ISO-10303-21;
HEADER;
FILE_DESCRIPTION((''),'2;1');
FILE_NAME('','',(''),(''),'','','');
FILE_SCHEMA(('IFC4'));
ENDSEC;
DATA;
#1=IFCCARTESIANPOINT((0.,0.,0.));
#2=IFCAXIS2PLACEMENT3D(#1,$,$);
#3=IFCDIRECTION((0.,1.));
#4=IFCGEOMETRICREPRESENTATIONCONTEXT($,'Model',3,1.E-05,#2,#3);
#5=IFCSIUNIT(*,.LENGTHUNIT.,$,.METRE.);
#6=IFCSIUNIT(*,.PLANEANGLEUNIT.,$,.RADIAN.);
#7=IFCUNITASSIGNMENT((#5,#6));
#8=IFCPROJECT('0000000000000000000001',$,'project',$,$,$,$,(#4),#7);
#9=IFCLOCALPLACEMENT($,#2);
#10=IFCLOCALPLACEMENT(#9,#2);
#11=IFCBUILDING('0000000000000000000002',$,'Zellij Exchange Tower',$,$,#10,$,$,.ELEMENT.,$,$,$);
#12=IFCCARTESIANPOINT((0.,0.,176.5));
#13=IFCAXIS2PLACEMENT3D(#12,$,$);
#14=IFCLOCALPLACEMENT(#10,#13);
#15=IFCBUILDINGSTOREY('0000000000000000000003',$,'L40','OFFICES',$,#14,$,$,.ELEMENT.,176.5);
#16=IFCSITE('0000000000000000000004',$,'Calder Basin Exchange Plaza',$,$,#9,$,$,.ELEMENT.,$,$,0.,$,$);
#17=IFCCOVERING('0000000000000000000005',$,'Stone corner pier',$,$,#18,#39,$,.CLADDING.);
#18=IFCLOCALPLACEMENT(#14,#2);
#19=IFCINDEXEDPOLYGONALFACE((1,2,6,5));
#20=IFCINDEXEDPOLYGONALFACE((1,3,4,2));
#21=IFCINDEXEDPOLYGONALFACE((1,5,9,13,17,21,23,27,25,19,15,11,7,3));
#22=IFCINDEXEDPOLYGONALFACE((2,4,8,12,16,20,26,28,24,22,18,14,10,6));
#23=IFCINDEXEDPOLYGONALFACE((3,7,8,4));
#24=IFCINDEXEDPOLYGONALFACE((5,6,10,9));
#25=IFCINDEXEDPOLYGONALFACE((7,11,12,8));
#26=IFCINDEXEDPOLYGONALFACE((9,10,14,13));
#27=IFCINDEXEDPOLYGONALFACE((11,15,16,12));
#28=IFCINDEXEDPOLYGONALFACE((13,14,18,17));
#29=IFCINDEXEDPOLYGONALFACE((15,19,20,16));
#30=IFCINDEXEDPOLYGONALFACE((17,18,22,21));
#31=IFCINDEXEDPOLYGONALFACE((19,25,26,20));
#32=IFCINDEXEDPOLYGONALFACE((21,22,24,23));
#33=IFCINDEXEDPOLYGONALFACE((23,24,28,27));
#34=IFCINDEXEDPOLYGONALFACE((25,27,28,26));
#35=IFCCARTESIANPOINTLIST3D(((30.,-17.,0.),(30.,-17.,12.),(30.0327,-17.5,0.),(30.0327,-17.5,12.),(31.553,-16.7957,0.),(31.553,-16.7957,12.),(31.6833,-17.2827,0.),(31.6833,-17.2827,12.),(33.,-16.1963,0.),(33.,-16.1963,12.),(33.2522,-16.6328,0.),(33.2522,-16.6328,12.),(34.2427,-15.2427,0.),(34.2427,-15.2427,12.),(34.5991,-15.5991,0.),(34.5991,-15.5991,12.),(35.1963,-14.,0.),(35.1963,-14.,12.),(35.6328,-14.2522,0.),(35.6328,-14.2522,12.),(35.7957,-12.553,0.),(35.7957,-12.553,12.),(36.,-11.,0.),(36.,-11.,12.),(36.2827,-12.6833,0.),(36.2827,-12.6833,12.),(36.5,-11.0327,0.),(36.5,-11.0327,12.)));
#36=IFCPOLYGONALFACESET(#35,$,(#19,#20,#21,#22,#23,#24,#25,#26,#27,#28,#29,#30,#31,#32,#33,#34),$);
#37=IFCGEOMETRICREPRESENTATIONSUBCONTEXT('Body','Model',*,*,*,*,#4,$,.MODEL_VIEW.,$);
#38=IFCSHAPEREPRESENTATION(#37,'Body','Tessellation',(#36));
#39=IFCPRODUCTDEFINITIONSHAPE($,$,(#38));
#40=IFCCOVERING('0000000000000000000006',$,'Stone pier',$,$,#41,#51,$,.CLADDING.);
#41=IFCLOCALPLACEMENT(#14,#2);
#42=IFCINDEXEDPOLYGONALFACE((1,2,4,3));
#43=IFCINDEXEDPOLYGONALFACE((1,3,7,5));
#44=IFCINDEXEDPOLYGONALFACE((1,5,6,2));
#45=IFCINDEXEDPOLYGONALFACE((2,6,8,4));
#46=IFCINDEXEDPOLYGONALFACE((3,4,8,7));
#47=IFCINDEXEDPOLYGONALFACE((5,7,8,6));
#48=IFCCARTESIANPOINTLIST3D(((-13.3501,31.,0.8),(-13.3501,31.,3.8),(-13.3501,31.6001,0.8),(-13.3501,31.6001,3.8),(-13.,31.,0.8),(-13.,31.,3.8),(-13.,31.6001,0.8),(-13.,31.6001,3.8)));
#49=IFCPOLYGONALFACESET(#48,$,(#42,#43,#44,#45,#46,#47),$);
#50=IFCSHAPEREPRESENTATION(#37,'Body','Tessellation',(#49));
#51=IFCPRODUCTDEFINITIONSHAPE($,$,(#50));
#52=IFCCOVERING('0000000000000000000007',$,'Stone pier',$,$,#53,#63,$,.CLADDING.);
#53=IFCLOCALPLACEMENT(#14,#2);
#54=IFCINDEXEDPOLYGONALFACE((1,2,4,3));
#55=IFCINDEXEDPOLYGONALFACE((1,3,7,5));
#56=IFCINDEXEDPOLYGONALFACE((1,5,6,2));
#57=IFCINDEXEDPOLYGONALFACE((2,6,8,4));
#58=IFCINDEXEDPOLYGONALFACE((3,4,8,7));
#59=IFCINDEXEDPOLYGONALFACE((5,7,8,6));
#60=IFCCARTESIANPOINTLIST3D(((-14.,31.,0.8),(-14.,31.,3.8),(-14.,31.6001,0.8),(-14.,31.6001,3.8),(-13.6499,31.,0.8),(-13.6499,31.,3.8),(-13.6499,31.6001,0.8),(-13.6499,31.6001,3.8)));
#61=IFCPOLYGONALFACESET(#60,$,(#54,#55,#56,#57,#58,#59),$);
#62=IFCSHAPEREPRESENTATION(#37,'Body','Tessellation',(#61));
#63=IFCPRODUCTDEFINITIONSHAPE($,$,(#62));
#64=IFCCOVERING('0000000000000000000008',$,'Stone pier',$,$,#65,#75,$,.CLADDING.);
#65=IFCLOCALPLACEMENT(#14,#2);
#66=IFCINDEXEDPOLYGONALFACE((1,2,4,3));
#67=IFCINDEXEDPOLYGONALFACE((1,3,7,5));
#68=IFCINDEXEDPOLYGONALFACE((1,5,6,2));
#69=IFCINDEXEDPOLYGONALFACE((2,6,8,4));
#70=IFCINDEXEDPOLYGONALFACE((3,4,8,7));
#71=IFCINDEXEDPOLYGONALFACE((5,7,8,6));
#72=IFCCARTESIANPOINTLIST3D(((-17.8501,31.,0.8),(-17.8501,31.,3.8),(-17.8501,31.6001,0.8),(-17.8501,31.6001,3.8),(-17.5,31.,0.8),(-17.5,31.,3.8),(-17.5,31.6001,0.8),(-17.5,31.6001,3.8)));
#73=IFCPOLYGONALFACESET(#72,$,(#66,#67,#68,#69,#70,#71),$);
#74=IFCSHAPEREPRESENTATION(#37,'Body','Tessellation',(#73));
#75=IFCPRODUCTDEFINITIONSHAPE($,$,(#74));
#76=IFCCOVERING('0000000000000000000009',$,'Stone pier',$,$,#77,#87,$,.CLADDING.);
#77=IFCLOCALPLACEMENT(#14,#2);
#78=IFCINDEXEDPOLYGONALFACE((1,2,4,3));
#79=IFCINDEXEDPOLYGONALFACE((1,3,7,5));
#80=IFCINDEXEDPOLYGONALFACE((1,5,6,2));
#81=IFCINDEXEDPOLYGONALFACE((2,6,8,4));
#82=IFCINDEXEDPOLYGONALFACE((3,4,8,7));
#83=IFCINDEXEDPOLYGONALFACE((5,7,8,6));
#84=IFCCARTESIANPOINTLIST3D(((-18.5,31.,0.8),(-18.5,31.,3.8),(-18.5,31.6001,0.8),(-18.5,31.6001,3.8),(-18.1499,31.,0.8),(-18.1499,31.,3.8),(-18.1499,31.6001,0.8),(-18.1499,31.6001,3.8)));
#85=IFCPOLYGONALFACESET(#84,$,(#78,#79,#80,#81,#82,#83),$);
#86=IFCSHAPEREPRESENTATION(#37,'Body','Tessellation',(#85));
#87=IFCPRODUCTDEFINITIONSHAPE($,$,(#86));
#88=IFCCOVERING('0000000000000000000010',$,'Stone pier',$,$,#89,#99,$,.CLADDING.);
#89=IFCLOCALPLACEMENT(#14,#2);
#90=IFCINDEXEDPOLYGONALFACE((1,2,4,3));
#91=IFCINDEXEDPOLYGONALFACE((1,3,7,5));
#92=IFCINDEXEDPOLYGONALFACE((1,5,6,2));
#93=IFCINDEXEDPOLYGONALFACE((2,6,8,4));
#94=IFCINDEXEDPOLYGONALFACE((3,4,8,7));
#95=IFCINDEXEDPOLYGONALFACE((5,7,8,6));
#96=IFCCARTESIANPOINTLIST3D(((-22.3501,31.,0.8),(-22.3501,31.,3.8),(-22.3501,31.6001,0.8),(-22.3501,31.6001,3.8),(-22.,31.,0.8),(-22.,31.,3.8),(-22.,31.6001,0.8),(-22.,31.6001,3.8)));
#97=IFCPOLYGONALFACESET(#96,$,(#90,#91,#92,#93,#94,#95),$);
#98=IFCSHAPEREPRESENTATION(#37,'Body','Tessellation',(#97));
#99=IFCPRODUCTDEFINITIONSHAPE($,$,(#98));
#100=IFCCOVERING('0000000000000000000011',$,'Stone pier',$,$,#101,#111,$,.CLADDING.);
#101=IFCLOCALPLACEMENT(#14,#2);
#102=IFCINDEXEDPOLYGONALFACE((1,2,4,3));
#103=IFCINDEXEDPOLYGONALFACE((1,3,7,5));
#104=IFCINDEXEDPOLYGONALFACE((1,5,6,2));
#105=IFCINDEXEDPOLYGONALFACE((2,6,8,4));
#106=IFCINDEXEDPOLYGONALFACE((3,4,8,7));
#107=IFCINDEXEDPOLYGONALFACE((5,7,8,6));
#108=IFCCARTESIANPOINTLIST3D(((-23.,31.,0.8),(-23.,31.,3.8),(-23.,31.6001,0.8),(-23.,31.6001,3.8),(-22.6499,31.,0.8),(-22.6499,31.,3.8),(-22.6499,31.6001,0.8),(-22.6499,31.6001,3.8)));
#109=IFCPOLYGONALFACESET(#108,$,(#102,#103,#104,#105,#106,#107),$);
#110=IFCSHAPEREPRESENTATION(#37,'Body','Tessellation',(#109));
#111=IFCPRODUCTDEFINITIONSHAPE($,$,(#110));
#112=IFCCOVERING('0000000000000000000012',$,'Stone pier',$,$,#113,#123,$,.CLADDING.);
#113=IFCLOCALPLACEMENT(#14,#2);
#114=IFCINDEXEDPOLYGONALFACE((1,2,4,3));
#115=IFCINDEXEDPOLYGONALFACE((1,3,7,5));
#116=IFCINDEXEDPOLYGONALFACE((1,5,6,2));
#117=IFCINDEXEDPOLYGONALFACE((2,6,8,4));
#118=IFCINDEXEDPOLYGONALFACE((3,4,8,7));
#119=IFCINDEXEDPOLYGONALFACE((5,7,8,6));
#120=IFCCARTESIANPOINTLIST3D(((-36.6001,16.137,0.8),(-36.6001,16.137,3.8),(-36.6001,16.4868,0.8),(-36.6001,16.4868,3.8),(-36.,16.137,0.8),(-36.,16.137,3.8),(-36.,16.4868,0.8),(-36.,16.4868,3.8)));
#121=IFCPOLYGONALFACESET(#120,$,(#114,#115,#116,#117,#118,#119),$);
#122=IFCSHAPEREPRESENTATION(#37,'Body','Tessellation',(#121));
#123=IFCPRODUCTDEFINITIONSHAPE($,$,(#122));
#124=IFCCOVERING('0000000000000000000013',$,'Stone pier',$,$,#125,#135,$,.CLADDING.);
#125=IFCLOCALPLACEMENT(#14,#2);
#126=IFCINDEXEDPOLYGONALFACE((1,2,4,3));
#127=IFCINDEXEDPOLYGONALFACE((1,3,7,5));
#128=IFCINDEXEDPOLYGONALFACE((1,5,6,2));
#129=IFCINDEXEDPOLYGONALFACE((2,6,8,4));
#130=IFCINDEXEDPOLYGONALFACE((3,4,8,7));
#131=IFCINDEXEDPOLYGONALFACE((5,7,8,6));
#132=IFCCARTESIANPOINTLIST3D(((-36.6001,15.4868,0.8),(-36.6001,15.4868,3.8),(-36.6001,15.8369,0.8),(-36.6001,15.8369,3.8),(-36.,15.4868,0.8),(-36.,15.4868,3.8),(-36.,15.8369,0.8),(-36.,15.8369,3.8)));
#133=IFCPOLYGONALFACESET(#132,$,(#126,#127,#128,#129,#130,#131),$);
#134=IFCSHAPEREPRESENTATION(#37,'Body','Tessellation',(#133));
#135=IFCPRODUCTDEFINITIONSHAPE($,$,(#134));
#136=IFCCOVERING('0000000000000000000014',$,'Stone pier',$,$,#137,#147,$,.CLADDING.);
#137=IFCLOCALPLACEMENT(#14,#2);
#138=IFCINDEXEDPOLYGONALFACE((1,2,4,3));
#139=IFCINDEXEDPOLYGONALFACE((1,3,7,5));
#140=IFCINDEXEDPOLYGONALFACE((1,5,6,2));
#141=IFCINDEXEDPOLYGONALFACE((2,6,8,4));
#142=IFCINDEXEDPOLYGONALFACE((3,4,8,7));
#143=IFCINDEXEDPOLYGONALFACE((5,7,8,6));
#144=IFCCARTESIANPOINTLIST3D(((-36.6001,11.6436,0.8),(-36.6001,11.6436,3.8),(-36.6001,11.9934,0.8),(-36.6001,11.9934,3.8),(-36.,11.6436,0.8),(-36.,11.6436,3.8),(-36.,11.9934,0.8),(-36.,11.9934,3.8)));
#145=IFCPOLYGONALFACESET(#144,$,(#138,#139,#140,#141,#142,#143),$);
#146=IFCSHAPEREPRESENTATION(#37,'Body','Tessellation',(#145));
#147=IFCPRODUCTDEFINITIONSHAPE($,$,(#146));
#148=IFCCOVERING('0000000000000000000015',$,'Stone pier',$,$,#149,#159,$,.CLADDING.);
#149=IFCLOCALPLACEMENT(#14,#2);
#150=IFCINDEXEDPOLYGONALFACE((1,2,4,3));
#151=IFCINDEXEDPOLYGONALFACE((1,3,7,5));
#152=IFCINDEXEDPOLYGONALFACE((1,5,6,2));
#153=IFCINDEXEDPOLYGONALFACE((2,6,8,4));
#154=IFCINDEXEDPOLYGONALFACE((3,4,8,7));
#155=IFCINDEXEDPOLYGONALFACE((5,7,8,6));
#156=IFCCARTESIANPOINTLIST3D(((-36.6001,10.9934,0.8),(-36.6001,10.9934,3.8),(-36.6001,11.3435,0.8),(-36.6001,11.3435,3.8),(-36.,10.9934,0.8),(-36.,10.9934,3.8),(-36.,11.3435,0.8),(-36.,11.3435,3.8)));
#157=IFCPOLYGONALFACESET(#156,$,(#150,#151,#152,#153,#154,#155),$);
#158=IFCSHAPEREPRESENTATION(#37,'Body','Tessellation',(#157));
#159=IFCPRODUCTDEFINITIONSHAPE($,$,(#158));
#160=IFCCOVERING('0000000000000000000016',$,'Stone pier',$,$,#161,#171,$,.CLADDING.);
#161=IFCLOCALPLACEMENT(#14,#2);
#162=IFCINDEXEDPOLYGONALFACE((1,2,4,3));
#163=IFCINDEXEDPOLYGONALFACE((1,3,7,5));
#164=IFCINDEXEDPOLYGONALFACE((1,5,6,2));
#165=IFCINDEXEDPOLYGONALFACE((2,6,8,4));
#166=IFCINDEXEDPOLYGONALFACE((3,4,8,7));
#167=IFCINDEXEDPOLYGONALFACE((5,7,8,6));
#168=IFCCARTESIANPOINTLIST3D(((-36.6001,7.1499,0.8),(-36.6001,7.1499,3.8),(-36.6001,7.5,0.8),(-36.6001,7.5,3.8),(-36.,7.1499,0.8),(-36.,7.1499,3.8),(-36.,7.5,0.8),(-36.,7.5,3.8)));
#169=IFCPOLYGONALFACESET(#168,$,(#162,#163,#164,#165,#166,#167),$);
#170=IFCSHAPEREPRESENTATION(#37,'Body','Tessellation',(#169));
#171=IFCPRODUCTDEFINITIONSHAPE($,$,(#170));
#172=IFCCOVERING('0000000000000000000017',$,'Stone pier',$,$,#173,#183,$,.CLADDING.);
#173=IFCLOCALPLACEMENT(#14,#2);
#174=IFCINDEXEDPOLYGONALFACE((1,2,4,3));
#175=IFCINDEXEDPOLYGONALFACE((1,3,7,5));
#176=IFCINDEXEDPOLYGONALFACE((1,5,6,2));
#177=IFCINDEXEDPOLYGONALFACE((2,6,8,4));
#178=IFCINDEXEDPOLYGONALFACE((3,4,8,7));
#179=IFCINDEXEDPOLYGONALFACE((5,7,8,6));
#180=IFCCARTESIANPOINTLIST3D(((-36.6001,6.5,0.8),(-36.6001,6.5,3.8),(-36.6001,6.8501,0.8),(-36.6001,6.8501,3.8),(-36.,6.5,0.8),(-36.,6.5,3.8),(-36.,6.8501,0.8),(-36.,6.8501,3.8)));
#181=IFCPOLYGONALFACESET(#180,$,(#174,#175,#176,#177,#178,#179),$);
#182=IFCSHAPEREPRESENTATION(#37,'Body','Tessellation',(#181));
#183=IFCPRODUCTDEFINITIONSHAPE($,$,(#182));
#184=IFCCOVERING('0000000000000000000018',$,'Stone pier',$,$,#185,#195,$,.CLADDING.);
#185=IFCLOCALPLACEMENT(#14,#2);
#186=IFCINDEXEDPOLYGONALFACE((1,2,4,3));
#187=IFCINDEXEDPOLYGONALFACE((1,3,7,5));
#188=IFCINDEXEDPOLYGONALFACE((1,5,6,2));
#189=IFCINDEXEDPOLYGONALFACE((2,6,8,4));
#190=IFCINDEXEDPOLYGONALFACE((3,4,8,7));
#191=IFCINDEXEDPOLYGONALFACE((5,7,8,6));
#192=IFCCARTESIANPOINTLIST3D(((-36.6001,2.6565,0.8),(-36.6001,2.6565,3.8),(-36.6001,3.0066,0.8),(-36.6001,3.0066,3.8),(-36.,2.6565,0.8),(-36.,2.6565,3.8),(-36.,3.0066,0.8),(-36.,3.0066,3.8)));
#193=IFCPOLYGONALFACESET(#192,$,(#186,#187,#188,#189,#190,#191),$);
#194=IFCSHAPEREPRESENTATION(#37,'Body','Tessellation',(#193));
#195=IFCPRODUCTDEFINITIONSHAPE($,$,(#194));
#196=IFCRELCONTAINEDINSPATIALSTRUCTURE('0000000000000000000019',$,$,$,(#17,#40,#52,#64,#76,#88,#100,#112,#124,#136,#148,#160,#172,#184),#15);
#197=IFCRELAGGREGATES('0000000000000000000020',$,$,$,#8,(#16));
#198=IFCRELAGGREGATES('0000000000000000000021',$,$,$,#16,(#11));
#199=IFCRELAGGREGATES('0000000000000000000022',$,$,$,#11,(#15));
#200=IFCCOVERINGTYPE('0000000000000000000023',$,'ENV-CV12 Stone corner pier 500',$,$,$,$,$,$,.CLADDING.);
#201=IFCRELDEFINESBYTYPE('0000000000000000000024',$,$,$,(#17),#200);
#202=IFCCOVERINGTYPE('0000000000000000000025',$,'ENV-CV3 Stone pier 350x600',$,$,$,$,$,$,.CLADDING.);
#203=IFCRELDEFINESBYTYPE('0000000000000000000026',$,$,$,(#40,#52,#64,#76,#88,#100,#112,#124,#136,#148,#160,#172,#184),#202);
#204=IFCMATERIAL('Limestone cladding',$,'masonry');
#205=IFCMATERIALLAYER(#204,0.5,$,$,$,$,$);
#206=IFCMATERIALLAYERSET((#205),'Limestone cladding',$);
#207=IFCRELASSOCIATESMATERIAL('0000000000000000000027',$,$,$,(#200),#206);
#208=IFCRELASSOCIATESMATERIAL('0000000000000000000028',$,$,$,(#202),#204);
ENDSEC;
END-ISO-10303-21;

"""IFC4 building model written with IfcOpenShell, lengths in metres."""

from ifc_helpers import new_model, si_unit, direction, frame, origin, place, context, subcontext, project, spatial, polyline, outline, extrude, material, layer, layer_set, type_object, element, save


model = new_model("IFC4")

# Units and contexts
model_context = context("Model", 3, precision=1e-05, world=origin(), true_north=direction((0.0, 1.0)))
body_context = subcontext(model_context, "Body", "Model", "MODEL_VIEW")
ifc_project = project(units=[si_unit("LENGTHUNIT", "METRE"), si_unit("PLANEANGLEUNIT", "RADIAN")], contexts=[model_context])

# Site, building, storey
site_placement = place(None, origin())
site = spatial("IfcSite", under=ifc_project, at=site_placement, Name="Calder Basin Exchange Plaza", CompositionType="ELEMENT", RefElevation=0.0)
building_placement = place(site_placement, origin())
building = spatial("IfcBuilding", under=site, at=building_placement, Name="Zellij Exchange Tower", CompositionType="ELEMENT")
storey_placement = place(building_placement, frame((0.0, 0.0, 176.5)))
storey = spatial("IfcBuildingStorey", under=building, at=storey_placement, Name="L40", Description="OFFICES", CompositionType="ELEMENT", Elevation=176.5)

# Coverings
ifc_material = material(Name="Limestone cladding", Category="masonry")
ifc_layer_1 = layer(ifc_material, 0.5)
ifc_layer_set_1 = layer_set([ifc_layer_1], Name="Limestone cladding")
covering_type_1 = type_object("IfcCoveringType", Name="ENV-CV12 Stone corner pier 500", PredefinedType="CLADDING", material=ifc_layer_set_1)
covering_1_placement = place(storey_placement, origin())
element("IfcCovering", 1, at=covering_1_placement, inside=storey, type_object=covering_type_1, Name="Stone corner pier", PredefinedType="CLADDING", context=body_context, shape_type="SweptSolid", body=[
    extrude(outline(polyline([(30.0, -17.0), (31.553, -16.7957), (33.0, -16.1963), (34.2427, -15.2427), (35.1963, -14.0), (35.7957, -12.553), (36.0, -11.0), (36.5, -11.0327), (36.2827, -12.6833), (35.6328, -14.2522), (34.5991, -15.5991), (33.2522, -16.6328), (31.6833, -17.2827), (30.0327, -17.5), (30.0, -17.0)])), origin(), (0.0, 0.0, 1.0), 12.0),
])
covering_type_2 = type_object("IfcCoveringType", Name="ENV-CV3 Stone pier 350x600", PredefinedType="CLADDING", material=ifc_material)
covering_2_placement = place(storey_placement, frame((0.0, 0.0, 0.8)))
element("IfcCovering", 2, at=covering_2_placement, inside=storey, type_object=covering_type_2, Name="Stone pier", PredefinedType="CLADDING", context=body_context, shape_type="SweptSolid", body=[
    extrude(outline(polyline([(-13.0, 31.0), (-13.3501, 31.0), (-13.3501, 31.6001), (-13.0, 31.6001), (-13.0, 31.0)])), origin(), (0.0, 0.0, 1.0), 3.0),
])
covering_3_placement = place(storey_placement, frame((0.0, 0.0, 0.8)))
element("IfcCovering", 3, at=covering_3_placement, inside=storey, type_object=covering_type_2, Name="Stone pier", PredefinedType="CLADDING", context=body_context, shape_type="SweptSolid", body=[
    extrude(outline(polyline([(-13.6499, 31.0), (-14.0, 31.0), (-14.0, 31.6001), (-13.6499, 31.6001), (-13.6499, 31.0)])), origin(), (0.0, 0.0, 1.0), 3.0),
])
covering_4_placement = place(storey_placement, frame((0.0, 0.0, 0.8)))
element("IfcCovering", 4, at=covering_4_placement, inside=storey, type_object=covering_type_2, Name="Stone pier", PredefinedType="CLADDING", context=body_context, shape_type="SweptSolid", body=[
    extrude(outline(polyline([(-17.5, 31.0), (-17.8501, 31.0), (-17.8501, 31.6001), (-17.5, 31.6001), (-17.5, 31.0)])), origin(), (0.0, 0.0, 1.0), 3.0),
])
covering_5_placement = place(storey_placement, frame((0.0, 0.0, 0.8)))
element("IfcCovering", 5, at=covering_5_placement, inside=storey, type_object=covering_type_2, Name="Stone pier", PredefinedType="CLADDING", context=body_context, shape_type="SweptSolid", body=[
    extrude(outline(polyline([(-18.1499, 31.0), (-18.5, 31.0), (-18.5, 31.6001), (-18.1499, 31.6001), (-18.1499, 31.0)])), origin(), (0.0, 0.0, 1.0), 3.0),
])
covering_6_placement = place(storey_placement, frame((0.0, 0.0, 0.8)))
element("IfcCovering", 6, at=covering_6_placement, inside=storey, type_object=covering_type_2, Name="Stone pier", PredefinedType="CLADDING", context=body_context, shape_type="SweptSolid", body=[
    extrude(outline(polyline([(-22.0, 31.0), (-22.3501, 31.0), (-22.3501, 31.6001), (-22.0, 31.6001), (-22.0, 31.0)])), origin(), (0.0, 0.0, 1.0), 3.0),
])
covering_7_placement = place(storey_placement, frame((0.0, 0.0, 0.8)))
element("IfcCovering", 7, at=covering_7_placement, inside=storey, type_object=covering_type_2, Name="Stone pier", PredefinedType="CLADDING", context=body_context, shape_type="SweptSolid", body=[
    extrude(outline(polyline([(-22.6499, 31.0), (-23.0, 31.0), (-23.0, 31.6001), (-22.6499, 31.6001), (-22.6499, 31.0)])), origin(), (0.0, 0.0, 1.0), 3.0),
])
covering_8_placement = place(storey_placement, frame((0.0, 0.0, 0.8)))
element("IfcCovering", 8, at=covering_8_placement, inside=storey, type_object=covering_type_2, Name="Stone pier", PredefinedType="CLADDING", context=body_context, shape_type="SweptSolid", body=[
    extrude(outline(polyline([(-36.0, 16.4868), (-36.0, 16.137), (-36.6001, 16.137), (-36.6001, 16.4868), (-36.0, 16.4868)])), origin(), (0.0, 0.0, 1.0), 3.0),
])
covering_9_placement = place(storey_placement, frame((0.0, 0.0, 0.8)))
element("IfcCovering", 9, at=covering_9_placement, inside=storey, type_object=covering_type_2, Name="Stone pier", PredefinedType="CLADDING", context=body_context, shape_type="SweptSolid", body=[
    extrude(outline(polyline([(-36.0, 15.8369), (-36.0, 15.4868), (-36.6001, 15.4868), (-36.6001, 15.8369), (-36.0, 15.8369)])), origin(), (0.0, 0.0, 1.0), 3.0),
])
covering_10_placement = place(storey_placement, frame((0.0, 0.0, 0.8)))
element("IfcCovering", 10, at=covering_10_placement, inside=storey, type_object=covering_type_2, Name="Stone pier", PredefinedType="CLADDING", context=body_context, shape_type="SweptSolid", body=[
    extrude(outline(polyline([(-36.0, 11.9934), (-36.0, 11.6436), (-36.6001, 11.6436), (-36.6001, 11.9934), (-36.0, 11.9934)])), origin(), (0.0, 0.0, 1.0), 3.0),
])
covering_11_placement = place(storey_placement, frame((0.0, 0.0, 0.8)))
element("IfcCovering", 11, at=covering_11_placement, inside=storey, type_object=covering_type_2, Name="Stone pier", PredefinedType="CLADDING", context=body_context, shape_type="SweptSolid", body=[
    extrude(outline(polyline([(-36.0, 11.3435), (-36.0, 10.9934), (-36.6001, 10.9934), (-36.6001, 11.3435), (-36.0, 11.3435)])), origin(), (0.0, 0.0, 1.0), 3.0),
])
covering_12_placement = place(storey_placement, frame((0.0, 0.0, 0.8)))
element("IfcCovering", 12, at=covering_12_placement, inside=storey, type_object=covering_type_2, Name="Stone pier", PredefinedType="CLADDING", context=body_context, shape_type="SweptSolid", body=[
    extrude(outline(polyline([(-36.0, 7.5), (-36.0, 7.1499), (-36.6001, 7.1499), (-36.6001, 7.5), (-36.0, 7.5)])), origin(), (0.0, 0.0, 1.0), 3.0),
])
covering_13_placement = place(storey_placement, frame((0.0, 0.0, 0.8)))
element("IfcCovering", 13, at=covering_13_placement, inside=storey, type_object=covering_type_2, Name="Stone pier", PredefinedType="CLADDING", context=body_context, shape_type="SweptSolid", body=[
    extrude(outline(polyline([(-36.0, 6.8501), (-36.0, 6.5), (-36.6001, 6.5), (-36.6001, 6.8501), (-36.0, 6.8501)])), origin(), (0.0, 0.0, 1.0), 3.0),
])
covering_14_placement = place(storey_placement, frame((0.0, 0.0, 0.8)))
element("IfcCovering", 14, at=covering_14_placement, inside=storey, type_object=covering_type_2, Name="Stone pier", PredefinedType="CLADDING", context=body_context, shape_type="SweptSolid", body=[
    extrude(outline(polyline([(-36.0, 3.0066), (-36.0, 2.6565), (-36.6001, 2.6565), (-36.6001, 3.0066), (-36.0, 3.0066)])), origin(), (0.0, 0.0, 1.0), 3.0),
])

save(model, "model.ifc")
